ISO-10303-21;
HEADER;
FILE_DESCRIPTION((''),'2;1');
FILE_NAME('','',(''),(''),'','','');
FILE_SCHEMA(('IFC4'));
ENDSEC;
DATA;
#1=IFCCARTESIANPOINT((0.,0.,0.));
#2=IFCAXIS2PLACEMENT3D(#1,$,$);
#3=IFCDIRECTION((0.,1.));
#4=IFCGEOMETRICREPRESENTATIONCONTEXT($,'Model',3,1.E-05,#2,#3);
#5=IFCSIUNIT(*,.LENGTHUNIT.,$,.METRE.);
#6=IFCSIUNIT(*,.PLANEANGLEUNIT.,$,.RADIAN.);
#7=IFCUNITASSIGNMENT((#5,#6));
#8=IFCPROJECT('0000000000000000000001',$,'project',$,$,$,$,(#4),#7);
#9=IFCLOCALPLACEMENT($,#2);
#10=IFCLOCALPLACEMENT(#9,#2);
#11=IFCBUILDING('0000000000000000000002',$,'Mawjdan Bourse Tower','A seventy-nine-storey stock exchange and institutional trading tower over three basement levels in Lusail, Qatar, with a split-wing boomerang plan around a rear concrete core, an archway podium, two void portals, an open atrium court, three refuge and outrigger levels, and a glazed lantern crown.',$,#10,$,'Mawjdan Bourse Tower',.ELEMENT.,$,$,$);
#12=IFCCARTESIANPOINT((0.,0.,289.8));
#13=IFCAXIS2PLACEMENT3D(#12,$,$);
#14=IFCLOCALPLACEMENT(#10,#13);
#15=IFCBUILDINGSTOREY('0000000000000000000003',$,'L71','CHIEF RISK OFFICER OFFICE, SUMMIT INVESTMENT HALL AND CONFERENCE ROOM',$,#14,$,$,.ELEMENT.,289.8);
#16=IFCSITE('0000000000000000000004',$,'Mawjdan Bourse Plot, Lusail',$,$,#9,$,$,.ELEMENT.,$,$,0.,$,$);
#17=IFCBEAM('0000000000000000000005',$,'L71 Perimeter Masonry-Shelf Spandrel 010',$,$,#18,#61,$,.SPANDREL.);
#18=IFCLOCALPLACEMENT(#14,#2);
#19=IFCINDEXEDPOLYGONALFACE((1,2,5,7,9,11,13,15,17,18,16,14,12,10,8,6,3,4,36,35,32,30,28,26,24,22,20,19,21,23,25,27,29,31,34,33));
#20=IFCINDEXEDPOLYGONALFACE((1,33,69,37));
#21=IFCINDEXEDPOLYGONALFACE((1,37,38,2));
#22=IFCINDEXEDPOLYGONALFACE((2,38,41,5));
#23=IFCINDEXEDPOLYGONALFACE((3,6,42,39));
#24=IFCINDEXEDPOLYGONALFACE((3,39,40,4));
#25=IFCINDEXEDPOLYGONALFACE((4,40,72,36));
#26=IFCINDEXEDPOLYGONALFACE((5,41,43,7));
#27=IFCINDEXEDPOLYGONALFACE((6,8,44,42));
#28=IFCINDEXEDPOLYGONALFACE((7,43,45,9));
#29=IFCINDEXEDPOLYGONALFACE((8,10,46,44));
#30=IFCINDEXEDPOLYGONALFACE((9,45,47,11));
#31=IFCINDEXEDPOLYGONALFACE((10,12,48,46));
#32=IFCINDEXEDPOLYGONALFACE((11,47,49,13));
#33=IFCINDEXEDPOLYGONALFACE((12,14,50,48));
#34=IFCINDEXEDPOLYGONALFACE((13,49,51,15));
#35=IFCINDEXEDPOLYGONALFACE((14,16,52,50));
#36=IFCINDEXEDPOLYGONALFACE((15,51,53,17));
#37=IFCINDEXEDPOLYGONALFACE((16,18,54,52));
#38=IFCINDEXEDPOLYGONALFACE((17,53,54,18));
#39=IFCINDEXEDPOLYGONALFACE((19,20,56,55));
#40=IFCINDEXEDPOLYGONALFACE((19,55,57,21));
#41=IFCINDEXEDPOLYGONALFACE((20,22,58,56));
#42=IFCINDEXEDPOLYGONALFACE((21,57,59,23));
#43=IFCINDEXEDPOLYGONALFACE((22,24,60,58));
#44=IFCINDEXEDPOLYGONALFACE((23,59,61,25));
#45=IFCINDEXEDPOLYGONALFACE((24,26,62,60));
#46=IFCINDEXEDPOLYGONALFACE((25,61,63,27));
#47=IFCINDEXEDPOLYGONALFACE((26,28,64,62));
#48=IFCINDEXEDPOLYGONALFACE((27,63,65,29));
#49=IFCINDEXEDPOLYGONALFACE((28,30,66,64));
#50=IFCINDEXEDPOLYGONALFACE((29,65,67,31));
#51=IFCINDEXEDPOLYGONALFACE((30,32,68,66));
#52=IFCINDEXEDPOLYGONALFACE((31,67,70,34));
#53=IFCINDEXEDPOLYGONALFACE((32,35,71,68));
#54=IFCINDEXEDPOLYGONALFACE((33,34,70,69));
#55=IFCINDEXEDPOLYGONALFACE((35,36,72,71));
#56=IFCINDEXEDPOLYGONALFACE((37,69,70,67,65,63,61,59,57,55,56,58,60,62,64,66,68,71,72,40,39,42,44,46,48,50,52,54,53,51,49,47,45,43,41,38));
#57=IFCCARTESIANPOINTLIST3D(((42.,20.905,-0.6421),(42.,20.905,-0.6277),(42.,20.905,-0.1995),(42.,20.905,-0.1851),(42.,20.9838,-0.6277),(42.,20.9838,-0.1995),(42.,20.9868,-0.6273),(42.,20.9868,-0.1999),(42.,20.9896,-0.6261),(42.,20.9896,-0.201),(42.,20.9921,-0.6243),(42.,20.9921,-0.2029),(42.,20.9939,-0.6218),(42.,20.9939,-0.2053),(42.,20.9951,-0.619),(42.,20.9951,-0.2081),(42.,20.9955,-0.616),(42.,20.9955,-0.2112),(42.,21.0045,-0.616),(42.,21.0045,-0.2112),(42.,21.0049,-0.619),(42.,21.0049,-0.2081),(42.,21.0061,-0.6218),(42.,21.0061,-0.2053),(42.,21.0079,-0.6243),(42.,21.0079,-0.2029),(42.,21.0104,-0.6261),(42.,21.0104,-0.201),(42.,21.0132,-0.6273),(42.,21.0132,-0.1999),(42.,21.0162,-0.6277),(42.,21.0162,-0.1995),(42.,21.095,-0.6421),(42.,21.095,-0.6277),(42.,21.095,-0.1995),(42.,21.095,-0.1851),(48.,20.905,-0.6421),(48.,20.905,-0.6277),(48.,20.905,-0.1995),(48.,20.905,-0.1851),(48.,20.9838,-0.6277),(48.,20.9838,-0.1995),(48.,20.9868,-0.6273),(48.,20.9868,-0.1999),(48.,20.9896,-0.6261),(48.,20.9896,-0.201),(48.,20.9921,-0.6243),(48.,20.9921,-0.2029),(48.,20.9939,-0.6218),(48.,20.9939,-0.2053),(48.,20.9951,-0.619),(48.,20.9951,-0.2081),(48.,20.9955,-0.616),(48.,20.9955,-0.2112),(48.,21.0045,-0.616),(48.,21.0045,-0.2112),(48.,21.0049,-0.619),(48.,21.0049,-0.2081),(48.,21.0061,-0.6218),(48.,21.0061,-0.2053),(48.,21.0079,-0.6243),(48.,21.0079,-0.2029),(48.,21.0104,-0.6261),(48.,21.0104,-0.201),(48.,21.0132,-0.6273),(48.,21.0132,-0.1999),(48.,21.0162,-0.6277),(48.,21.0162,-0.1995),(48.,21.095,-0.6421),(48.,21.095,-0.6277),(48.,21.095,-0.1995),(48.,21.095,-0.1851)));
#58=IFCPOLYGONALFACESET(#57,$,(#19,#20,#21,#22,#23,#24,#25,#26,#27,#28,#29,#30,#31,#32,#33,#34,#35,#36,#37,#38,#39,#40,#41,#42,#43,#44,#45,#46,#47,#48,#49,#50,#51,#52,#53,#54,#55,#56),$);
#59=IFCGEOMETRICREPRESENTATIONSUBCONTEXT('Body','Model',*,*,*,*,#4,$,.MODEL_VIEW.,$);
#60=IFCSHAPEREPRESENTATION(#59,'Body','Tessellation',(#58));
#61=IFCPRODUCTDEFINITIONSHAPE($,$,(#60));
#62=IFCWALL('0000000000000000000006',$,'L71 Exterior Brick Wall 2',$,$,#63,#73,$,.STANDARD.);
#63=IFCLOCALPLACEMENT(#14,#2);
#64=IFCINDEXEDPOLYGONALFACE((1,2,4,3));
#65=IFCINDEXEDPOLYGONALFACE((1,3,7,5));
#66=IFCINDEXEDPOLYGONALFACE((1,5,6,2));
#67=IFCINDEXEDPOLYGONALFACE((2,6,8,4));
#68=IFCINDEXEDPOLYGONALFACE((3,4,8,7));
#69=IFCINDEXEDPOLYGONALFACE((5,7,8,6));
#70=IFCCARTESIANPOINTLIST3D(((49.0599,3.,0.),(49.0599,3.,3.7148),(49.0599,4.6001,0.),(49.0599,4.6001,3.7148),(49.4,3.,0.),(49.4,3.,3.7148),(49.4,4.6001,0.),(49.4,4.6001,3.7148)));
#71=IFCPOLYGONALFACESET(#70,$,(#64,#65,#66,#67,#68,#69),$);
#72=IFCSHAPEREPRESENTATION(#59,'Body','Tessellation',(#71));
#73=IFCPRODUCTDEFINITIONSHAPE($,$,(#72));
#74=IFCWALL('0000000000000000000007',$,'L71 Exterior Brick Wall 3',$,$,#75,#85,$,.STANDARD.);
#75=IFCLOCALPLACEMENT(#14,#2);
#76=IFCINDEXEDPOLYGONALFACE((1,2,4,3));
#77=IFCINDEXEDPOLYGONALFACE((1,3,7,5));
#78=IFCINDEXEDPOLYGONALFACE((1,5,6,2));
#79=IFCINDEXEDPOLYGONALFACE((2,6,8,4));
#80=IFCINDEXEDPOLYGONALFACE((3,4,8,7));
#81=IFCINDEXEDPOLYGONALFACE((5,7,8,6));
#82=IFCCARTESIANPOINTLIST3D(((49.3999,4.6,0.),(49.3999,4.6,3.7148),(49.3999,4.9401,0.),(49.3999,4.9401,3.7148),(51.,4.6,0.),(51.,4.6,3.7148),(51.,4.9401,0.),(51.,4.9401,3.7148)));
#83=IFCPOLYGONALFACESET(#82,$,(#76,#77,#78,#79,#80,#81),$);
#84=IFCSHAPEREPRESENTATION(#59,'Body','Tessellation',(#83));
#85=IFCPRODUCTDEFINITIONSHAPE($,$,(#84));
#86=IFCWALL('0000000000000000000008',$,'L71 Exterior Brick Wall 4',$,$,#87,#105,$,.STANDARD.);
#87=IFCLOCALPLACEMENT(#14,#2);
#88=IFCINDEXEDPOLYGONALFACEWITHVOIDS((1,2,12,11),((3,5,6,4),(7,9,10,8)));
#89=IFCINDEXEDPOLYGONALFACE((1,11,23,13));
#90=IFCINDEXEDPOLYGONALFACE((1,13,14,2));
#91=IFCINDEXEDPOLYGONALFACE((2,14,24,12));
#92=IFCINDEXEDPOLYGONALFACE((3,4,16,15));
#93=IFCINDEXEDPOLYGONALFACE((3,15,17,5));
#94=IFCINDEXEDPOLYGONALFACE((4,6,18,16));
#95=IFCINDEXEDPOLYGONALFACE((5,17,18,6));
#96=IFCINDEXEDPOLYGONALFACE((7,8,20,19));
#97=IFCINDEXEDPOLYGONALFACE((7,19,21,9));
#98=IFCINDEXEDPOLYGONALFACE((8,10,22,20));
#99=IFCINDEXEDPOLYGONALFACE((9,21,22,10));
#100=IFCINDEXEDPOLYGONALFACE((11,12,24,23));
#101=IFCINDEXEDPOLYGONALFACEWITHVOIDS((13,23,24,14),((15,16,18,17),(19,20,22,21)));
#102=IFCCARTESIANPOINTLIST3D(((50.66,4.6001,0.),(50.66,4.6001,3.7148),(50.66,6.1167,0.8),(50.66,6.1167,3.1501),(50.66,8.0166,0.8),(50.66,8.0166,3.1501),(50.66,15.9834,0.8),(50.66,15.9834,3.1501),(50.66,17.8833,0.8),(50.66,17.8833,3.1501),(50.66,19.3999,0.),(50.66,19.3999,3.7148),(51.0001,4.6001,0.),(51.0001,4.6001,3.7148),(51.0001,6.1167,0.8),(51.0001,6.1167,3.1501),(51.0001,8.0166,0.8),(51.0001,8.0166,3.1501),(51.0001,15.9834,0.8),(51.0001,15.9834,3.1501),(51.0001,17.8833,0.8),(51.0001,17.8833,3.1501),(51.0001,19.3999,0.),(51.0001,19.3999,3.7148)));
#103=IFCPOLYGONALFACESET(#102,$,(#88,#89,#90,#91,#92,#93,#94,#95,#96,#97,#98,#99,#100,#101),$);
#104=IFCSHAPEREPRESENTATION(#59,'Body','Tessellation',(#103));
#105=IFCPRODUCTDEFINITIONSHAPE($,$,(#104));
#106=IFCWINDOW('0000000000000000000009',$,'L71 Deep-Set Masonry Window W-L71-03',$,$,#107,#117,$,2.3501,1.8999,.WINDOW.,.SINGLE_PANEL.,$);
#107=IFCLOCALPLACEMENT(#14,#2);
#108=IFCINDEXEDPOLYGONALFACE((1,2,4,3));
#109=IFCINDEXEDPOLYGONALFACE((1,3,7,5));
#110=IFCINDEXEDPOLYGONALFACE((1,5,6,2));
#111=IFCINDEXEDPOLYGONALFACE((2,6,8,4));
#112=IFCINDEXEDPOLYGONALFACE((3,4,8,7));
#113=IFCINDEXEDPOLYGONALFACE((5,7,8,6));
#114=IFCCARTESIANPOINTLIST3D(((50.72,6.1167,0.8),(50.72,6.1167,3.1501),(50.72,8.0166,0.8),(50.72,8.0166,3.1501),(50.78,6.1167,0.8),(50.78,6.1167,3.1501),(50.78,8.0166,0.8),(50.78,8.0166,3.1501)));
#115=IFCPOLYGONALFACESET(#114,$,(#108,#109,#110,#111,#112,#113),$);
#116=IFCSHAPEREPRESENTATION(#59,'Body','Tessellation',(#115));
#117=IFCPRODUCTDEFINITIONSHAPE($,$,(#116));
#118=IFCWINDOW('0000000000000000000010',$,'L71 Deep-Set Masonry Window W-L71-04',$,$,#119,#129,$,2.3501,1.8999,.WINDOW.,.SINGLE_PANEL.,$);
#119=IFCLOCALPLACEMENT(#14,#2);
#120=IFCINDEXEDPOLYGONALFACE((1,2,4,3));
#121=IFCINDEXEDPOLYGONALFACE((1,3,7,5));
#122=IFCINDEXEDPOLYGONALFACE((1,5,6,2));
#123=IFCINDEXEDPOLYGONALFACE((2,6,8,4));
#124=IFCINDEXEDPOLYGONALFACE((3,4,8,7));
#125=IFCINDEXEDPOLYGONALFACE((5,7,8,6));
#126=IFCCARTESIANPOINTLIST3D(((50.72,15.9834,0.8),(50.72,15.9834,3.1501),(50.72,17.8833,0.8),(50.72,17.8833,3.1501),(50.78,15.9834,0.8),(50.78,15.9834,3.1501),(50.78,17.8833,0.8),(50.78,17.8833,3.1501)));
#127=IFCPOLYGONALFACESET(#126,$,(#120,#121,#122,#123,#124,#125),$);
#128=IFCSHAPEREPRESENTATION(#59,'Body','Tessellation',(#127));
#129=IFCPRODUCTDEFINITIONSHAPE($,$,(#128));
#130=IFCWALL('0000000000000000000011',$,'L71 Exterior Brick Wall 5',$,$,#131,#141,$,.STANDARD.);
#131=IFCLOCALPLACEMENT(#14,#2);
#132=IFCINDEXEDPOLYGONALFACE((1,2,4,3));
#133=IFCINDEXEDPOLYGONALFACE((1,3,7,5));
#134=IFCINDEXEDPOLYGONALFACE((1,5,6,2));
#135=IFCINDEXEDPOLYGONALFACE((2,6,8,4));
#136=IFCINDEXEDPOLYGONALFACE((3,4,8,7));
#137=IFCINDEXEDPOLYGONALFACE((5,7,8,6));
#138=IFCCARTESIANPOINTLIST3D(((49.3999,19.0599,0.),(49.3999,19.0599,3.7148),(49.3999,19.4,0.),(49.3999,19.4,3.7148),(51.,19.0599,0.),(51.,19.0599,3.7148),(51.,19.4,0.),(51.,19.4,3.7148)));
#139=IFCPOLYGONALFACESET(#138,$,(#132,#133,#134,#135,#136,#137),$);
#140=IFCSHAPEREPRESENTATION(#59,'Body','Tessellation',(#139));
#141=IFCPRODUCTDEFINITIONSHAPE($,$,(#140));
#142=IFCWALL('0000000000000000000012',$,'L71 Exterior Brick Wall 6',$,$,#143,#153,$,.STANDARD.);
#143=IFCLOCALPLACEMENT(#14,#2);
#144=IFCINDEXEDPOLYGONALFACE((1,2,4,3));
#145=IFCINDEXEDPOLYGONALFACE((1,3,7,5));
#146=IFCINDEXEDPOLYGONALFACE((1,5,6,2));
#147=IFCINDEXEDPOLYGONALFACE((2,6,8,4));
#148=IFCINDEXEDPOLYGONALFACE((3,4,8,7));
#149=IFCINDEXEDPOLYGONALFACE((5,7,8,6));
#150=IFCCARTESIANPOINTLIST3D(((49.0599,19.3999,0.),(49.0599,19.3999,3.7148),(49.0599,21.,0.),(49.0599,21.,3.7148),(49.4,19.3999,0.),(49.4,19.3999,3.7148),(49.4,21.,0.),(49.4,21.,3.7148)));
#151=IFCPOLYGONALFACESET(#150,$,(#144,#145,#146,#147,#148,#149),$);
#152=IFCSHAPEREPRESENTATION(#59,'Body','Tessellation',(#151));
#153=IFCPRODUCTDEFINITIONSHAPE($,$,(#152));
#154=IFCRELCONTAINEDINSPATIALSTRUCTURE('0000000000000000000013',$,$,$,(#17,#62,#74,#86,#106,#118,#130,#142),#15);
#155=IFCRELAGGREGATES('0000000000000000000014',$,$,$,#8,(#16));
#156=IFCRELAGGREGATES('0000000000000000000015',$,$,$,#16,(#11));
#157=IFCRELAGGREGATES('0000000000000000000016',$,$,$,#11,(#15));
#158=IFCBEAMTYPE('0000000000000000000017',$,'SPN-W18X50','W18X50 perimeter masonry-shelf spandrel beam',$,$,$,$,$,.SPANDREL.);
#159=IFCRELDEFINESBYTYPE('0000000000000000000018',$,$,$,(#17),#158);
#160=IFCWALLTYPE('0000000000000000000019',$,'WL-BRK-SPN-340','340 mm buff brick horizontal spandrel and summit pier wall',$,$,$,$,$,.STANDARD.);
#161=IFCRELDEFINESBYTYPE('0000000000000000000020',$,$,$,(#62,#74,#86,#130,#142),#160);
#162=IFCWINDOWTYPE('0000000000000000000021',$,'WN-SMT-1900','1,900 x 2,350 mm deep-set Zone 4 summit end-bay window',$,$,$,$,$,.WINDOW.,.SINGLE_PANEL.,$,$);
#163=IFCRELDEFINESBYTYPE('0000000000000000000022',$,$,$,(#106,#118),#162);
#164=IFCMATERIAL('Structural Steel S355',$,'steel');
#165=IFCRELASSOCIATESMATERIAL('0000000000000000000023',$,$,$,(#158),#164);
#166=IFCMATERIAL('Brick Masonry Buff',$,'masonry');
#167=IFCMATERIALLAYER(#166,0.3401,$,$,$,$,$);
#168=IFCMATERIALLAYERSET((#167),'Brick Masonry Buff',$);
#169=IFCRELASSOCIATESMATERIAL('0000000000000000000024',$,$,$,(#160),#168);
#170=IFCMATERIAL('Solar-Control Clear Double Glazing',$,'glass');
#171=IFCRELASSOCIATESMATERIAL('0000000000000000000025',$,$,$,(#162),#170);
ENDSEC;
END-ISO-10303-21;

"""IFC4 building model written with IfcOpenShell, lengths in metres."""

from ifc_helpers import new_model, si_unit, direction, frame, frame_2d, origin, origin_2d, place, context, subcontext, project, spatial, rectangle, i_section, extrude, material, layer, layer_set, material_profile, profile_set, type_object, element, fill, save


model = new_model("IFC4")

# Units and contexts
model_context = context("Model", 3, precision=1e-05, world=origin(), true_north=direction((0.0, 1.0)))
body_context = subcontext(model_context, "Body", "Model", "MODEL_VIEW")
ifc_project = project(units=[si_unit("LENGTHUNIT", "METRE"), si_unit("PLANEANGLEUNIT", "RADIAN")], contexts=[model_context])

# Site, building, storey
site_placement = place(None, origin())
site = spatial("IfcSite", under=ifc_project, at=site_placement, Name="Mawjdan Bourse Plot, Lusail", CompositionType="ELEMENT", RefElevation=0.0)
building_placement = place(site_placement, origin())
building = spatial("IfcBuilding", under=site, at=building_placement, Name="Mawjdan Bourse Tower", Description="A seventy-nine-storey stock exchange and institutional trading tower over three basement levels in Lusail, Qatar, with a split-wing boomerang plan around a rear concrete core, an archway podium, two void portals, an open atrium court, three refuge and outrigger levels, and a glazed lantern crown.", LongName="Mawjdan Bourse Tower", CompositionType="ELEMENT")
storey_placement = place(building_placement, frame((0.0, 0.0, 289.8)))
storey = spatial("IfcBuildingStorey", under=building, at=storey_placement, Name="L71", Description="CHIEF RISK OFFICER OFFICE, SUMMIT INVESTMENT HALL AND CONFERENCE ROOM", CompositionType="ELEMENT", Elevation=289.8)

# Beam
ifc_material_1 = material(Name="Structural Steel S355", Category="steel")
ifc_material_profile_1 = material_profile(ifc_material_1, i_section(OverallWidth=0.1899, OverallDepth=0.457, WebThickness=0.009, FlangeThickness=0.0144, FilletRadius=0.0117, at=origin_2d()), Name="W18X50")
ifc_profile_set_1 = profile_set([ifc_material_profile_1], Name="Structural Steel S355")
beam_type_1 = type_object("IfcBeamType", Name="SPN-W18X50", Description="W18X50 perimeter masonry-shelf spandrel beam", PredefinedType="SPANDREL", material=ifc_profile_set_1)
for number, where, z_axis, x_axis, name in (
    (1, (42.0, 21.0, -0.4136), (1.0, 0.0, 0.0), (0.0, 1.0, 0.0), "L71 Perimeter Masonry-Shelf Spandrel 010"),
):
    element("IfcBeam", number, at=place(storey_placement, frame(where, z_axis=z_axis, x_axis=x_axis)), inside=storey, type_object=beam_type_1, Name=name, PredefinedType="SPANDREL", context=body_context, shape_type="SweptSolid", body=[
        extrude(i_section(OverallWidth=0.1899, OverallDepth=0.457, WebThickness=0.009, FlangeThickness=0.0144, FilletRadius=0.0117, at=origin_2d()), origin(), (0.0, 0.0, 1.0), 6.0),
    ])

# Walls
ifc_material_2 = material(Name="Brick Masonry Buff", Category="masonry")
ifc_layer_1 = layer(ifc_material_2, 0.3401)
ifc_layer_set_1 = layer_set([ifc_layer_1], Name="Brick Masonry Buff")
wall_type_1 = type_object("IfcWallType", Name="WL-BRK-SPN-340", Description="340 mm buff brick horizontal spandrel and summit pier wall", PredefinedType="STANDARD", material=ifc_layer_set_1)
for number, where, z_axis, x_axis, name in (
    (2, (49.23, 3.0, 0.0), (0.0, 0.0, 1.0), (0.0, 1.0, 0.0), "L71 Exterior Brick Wall 2"),
    (3, (49.3999, 4.77, 0.0), (0.0, 0.0, 1.0), (1.0, 0.0, 0.0), "L71 Exterior Brick Wall 3"),
):
    element("IfcWall", number, at=place(storey_placement, frame(where, z_axis=z_axis, x_axis=x_axis)), inside=storey, type_object=wall_type_1, Name=name, PredefinedType="STANDARD", context=body_context, shape_type="SweptSolid", body=[
        extrude(rectangle(XDim=1.6001, YDim=0.3401, at=frame_2d((0.8, 0.0))), origin(), (0.0, 0.0, 1.0), 3.7148),
    ])

# Wall, openings, windows
wall_1_placement = place(storey_placement, frame((50.8301, 4.6001, 0.0), z_axis=(0.0, 0.0, 1.0), x_axis=(0.0, 1.0, 0.0)))
wall_1 = element("IfcWall", 4, at=wall_1_placement, inside=storey, type_object=wall_type_1, Name="L71 Exterior Brick Wall 4", PredefinedType="STANDARD", context=body_context, shape_type="SweptSolid", body=[
    extrude(rectangle(XDim=14.7998, YDim=0.3401, at=frame_2d((7.3999, 0.0))), origin(), (0.0, 0.0, 1.0), 3.7148),
])
opening_1_placement = place(wall_1_placement, frame((1.5166, 0.0, 0.8)))
opening_1 = element("IfcOpeningElement", 5, at=opening_1_placement, cuts=wall_1, PredefinedType="OPENING", context=body_context, shape_type="SweptSolid", body=[
    extrude(rectangle(XDim=1.8999, YDim=2.3501, at=frame_2d((0.95, 1.175))), frame((0.0, 0.1802, 0.0), z_axis=(0.0, -1.0, 0.0), x_axis=(1.0, 0.0, 0.0)), (0.0, 0.0, 1.0), 0.3601),
])
opening_2_placement = place(wall_1_placement, frame((11.3833, 0.0, 0.8)))
opening_2 = element("IfcOpeningElement", 6, at=opening_2_placement, cuts=wall_1, PredefinedType="OPENING", context=body_context, shape_type="SweptSolid", body=[
    extrude(rectangle(XDim=1.8999, YDim=2.3501, at=frame_2d((0.95, 1.175))), frame((0.0, 0.1802, 0.0), z_axis=(0.0, -1.0, 0.0), x_axis=(1.0, 0.0, 0.0)), (0.0, 0.0, 1.0), 0.3601),
])
ifc_material_3 = material(Name="Solar-Control Clear Double Glazing", Category="glass")
window_type_1 = type_object("IfcWindowType", Name="WN-SMT-1900", Description="1,900 x 2,350 mm deep-set Zone 4 summit end-bay window", PartitioningType="SINGLE_PANEL", PredefinedType="WINDOW", material=ifc_material_3)
window_1_placement = place(opening_1_placement, origin())
window_1 = element("IfcWindow", 7, at=window_1_placement, inside=storey, type_object=window_type_1, Name="L71 Deep-Set Masonry Window W-L71-03", OverallHeight=2.3501, OverallWidth=1.8999, PartitioningType="SINGLE_PANEL", PredefinedType="WINDOW", context=body_context, shape_type="SweptSolid", body=[
    extrude(rectangle(XDim=1.8999, YDim=2.3501, at=frame_2d((0.95, 1.175))), frame((0.0, 0.1101, 0.0), z_axis=(0.0, -1.0, 0.0), x_axis=(1.0, 0.0, 0.0)), (0.0, 0.0, 1.0), 0.0601),
])
fill(opening_1, window_1)
window_2_placement = place(opening_2_placement, origin())
window_2 = element("IfcWindow", 8, at=window_2_placement, inside=storey, type_object=window_type_1, Name="L71 Deep-Set Masonry Window W-L71-04", OverallHeight=2.3501, OverallWidth=1.8999, PartitioningType="SINGLE_PANEL", PredefinedType="WINDOW", context=body_context, shape_type="SweptSolid", body=[
    extrude(rectangle(XDim=1.8999, YDim=2.3501, at=frame_2d((0.95, 1.175))), frame((0.0, 0.1101, 0.0), z_axis=(0.0, -1.0, 0.0), x_axis=(1.0, 0.0, 0.0)), (0.0, 0.0, 1.0), 0.0601),
])
fill(opening_2, window_2)

# Walls
for number, where, z_axis, x_axis, name in (
    (9, (51.0, 19.23, 0.0), (0.0, 0.0, 1.0), (-1.0, 0.0, 0.0), "L71 Exterior Brick Wall 5"),
    (10, (49.23, 19.3999, 0.0), (0.0, 0.0, 1.0), (0.0, 1.0, 0.0), "L71 Exterior Brick Wall 6"),
):
    element("IfcWall", number, at=place(storey_placement, frame(where, z_axis=z_axis, x_axis=x_axis)), inside=storey, type_object=wall_type_1, Name=name, PredefinedType="STANDARD", context=body_context, shape_type="SweptSolid", body=[
        extrude(rectangle(XDim=1.6001, YDim=0.3401, at=frame_2d((0.8, 0.0))), origin(), (0.0, 0.0, 1.0), 3.7148),
    ])

save(model, "model.ifc")
